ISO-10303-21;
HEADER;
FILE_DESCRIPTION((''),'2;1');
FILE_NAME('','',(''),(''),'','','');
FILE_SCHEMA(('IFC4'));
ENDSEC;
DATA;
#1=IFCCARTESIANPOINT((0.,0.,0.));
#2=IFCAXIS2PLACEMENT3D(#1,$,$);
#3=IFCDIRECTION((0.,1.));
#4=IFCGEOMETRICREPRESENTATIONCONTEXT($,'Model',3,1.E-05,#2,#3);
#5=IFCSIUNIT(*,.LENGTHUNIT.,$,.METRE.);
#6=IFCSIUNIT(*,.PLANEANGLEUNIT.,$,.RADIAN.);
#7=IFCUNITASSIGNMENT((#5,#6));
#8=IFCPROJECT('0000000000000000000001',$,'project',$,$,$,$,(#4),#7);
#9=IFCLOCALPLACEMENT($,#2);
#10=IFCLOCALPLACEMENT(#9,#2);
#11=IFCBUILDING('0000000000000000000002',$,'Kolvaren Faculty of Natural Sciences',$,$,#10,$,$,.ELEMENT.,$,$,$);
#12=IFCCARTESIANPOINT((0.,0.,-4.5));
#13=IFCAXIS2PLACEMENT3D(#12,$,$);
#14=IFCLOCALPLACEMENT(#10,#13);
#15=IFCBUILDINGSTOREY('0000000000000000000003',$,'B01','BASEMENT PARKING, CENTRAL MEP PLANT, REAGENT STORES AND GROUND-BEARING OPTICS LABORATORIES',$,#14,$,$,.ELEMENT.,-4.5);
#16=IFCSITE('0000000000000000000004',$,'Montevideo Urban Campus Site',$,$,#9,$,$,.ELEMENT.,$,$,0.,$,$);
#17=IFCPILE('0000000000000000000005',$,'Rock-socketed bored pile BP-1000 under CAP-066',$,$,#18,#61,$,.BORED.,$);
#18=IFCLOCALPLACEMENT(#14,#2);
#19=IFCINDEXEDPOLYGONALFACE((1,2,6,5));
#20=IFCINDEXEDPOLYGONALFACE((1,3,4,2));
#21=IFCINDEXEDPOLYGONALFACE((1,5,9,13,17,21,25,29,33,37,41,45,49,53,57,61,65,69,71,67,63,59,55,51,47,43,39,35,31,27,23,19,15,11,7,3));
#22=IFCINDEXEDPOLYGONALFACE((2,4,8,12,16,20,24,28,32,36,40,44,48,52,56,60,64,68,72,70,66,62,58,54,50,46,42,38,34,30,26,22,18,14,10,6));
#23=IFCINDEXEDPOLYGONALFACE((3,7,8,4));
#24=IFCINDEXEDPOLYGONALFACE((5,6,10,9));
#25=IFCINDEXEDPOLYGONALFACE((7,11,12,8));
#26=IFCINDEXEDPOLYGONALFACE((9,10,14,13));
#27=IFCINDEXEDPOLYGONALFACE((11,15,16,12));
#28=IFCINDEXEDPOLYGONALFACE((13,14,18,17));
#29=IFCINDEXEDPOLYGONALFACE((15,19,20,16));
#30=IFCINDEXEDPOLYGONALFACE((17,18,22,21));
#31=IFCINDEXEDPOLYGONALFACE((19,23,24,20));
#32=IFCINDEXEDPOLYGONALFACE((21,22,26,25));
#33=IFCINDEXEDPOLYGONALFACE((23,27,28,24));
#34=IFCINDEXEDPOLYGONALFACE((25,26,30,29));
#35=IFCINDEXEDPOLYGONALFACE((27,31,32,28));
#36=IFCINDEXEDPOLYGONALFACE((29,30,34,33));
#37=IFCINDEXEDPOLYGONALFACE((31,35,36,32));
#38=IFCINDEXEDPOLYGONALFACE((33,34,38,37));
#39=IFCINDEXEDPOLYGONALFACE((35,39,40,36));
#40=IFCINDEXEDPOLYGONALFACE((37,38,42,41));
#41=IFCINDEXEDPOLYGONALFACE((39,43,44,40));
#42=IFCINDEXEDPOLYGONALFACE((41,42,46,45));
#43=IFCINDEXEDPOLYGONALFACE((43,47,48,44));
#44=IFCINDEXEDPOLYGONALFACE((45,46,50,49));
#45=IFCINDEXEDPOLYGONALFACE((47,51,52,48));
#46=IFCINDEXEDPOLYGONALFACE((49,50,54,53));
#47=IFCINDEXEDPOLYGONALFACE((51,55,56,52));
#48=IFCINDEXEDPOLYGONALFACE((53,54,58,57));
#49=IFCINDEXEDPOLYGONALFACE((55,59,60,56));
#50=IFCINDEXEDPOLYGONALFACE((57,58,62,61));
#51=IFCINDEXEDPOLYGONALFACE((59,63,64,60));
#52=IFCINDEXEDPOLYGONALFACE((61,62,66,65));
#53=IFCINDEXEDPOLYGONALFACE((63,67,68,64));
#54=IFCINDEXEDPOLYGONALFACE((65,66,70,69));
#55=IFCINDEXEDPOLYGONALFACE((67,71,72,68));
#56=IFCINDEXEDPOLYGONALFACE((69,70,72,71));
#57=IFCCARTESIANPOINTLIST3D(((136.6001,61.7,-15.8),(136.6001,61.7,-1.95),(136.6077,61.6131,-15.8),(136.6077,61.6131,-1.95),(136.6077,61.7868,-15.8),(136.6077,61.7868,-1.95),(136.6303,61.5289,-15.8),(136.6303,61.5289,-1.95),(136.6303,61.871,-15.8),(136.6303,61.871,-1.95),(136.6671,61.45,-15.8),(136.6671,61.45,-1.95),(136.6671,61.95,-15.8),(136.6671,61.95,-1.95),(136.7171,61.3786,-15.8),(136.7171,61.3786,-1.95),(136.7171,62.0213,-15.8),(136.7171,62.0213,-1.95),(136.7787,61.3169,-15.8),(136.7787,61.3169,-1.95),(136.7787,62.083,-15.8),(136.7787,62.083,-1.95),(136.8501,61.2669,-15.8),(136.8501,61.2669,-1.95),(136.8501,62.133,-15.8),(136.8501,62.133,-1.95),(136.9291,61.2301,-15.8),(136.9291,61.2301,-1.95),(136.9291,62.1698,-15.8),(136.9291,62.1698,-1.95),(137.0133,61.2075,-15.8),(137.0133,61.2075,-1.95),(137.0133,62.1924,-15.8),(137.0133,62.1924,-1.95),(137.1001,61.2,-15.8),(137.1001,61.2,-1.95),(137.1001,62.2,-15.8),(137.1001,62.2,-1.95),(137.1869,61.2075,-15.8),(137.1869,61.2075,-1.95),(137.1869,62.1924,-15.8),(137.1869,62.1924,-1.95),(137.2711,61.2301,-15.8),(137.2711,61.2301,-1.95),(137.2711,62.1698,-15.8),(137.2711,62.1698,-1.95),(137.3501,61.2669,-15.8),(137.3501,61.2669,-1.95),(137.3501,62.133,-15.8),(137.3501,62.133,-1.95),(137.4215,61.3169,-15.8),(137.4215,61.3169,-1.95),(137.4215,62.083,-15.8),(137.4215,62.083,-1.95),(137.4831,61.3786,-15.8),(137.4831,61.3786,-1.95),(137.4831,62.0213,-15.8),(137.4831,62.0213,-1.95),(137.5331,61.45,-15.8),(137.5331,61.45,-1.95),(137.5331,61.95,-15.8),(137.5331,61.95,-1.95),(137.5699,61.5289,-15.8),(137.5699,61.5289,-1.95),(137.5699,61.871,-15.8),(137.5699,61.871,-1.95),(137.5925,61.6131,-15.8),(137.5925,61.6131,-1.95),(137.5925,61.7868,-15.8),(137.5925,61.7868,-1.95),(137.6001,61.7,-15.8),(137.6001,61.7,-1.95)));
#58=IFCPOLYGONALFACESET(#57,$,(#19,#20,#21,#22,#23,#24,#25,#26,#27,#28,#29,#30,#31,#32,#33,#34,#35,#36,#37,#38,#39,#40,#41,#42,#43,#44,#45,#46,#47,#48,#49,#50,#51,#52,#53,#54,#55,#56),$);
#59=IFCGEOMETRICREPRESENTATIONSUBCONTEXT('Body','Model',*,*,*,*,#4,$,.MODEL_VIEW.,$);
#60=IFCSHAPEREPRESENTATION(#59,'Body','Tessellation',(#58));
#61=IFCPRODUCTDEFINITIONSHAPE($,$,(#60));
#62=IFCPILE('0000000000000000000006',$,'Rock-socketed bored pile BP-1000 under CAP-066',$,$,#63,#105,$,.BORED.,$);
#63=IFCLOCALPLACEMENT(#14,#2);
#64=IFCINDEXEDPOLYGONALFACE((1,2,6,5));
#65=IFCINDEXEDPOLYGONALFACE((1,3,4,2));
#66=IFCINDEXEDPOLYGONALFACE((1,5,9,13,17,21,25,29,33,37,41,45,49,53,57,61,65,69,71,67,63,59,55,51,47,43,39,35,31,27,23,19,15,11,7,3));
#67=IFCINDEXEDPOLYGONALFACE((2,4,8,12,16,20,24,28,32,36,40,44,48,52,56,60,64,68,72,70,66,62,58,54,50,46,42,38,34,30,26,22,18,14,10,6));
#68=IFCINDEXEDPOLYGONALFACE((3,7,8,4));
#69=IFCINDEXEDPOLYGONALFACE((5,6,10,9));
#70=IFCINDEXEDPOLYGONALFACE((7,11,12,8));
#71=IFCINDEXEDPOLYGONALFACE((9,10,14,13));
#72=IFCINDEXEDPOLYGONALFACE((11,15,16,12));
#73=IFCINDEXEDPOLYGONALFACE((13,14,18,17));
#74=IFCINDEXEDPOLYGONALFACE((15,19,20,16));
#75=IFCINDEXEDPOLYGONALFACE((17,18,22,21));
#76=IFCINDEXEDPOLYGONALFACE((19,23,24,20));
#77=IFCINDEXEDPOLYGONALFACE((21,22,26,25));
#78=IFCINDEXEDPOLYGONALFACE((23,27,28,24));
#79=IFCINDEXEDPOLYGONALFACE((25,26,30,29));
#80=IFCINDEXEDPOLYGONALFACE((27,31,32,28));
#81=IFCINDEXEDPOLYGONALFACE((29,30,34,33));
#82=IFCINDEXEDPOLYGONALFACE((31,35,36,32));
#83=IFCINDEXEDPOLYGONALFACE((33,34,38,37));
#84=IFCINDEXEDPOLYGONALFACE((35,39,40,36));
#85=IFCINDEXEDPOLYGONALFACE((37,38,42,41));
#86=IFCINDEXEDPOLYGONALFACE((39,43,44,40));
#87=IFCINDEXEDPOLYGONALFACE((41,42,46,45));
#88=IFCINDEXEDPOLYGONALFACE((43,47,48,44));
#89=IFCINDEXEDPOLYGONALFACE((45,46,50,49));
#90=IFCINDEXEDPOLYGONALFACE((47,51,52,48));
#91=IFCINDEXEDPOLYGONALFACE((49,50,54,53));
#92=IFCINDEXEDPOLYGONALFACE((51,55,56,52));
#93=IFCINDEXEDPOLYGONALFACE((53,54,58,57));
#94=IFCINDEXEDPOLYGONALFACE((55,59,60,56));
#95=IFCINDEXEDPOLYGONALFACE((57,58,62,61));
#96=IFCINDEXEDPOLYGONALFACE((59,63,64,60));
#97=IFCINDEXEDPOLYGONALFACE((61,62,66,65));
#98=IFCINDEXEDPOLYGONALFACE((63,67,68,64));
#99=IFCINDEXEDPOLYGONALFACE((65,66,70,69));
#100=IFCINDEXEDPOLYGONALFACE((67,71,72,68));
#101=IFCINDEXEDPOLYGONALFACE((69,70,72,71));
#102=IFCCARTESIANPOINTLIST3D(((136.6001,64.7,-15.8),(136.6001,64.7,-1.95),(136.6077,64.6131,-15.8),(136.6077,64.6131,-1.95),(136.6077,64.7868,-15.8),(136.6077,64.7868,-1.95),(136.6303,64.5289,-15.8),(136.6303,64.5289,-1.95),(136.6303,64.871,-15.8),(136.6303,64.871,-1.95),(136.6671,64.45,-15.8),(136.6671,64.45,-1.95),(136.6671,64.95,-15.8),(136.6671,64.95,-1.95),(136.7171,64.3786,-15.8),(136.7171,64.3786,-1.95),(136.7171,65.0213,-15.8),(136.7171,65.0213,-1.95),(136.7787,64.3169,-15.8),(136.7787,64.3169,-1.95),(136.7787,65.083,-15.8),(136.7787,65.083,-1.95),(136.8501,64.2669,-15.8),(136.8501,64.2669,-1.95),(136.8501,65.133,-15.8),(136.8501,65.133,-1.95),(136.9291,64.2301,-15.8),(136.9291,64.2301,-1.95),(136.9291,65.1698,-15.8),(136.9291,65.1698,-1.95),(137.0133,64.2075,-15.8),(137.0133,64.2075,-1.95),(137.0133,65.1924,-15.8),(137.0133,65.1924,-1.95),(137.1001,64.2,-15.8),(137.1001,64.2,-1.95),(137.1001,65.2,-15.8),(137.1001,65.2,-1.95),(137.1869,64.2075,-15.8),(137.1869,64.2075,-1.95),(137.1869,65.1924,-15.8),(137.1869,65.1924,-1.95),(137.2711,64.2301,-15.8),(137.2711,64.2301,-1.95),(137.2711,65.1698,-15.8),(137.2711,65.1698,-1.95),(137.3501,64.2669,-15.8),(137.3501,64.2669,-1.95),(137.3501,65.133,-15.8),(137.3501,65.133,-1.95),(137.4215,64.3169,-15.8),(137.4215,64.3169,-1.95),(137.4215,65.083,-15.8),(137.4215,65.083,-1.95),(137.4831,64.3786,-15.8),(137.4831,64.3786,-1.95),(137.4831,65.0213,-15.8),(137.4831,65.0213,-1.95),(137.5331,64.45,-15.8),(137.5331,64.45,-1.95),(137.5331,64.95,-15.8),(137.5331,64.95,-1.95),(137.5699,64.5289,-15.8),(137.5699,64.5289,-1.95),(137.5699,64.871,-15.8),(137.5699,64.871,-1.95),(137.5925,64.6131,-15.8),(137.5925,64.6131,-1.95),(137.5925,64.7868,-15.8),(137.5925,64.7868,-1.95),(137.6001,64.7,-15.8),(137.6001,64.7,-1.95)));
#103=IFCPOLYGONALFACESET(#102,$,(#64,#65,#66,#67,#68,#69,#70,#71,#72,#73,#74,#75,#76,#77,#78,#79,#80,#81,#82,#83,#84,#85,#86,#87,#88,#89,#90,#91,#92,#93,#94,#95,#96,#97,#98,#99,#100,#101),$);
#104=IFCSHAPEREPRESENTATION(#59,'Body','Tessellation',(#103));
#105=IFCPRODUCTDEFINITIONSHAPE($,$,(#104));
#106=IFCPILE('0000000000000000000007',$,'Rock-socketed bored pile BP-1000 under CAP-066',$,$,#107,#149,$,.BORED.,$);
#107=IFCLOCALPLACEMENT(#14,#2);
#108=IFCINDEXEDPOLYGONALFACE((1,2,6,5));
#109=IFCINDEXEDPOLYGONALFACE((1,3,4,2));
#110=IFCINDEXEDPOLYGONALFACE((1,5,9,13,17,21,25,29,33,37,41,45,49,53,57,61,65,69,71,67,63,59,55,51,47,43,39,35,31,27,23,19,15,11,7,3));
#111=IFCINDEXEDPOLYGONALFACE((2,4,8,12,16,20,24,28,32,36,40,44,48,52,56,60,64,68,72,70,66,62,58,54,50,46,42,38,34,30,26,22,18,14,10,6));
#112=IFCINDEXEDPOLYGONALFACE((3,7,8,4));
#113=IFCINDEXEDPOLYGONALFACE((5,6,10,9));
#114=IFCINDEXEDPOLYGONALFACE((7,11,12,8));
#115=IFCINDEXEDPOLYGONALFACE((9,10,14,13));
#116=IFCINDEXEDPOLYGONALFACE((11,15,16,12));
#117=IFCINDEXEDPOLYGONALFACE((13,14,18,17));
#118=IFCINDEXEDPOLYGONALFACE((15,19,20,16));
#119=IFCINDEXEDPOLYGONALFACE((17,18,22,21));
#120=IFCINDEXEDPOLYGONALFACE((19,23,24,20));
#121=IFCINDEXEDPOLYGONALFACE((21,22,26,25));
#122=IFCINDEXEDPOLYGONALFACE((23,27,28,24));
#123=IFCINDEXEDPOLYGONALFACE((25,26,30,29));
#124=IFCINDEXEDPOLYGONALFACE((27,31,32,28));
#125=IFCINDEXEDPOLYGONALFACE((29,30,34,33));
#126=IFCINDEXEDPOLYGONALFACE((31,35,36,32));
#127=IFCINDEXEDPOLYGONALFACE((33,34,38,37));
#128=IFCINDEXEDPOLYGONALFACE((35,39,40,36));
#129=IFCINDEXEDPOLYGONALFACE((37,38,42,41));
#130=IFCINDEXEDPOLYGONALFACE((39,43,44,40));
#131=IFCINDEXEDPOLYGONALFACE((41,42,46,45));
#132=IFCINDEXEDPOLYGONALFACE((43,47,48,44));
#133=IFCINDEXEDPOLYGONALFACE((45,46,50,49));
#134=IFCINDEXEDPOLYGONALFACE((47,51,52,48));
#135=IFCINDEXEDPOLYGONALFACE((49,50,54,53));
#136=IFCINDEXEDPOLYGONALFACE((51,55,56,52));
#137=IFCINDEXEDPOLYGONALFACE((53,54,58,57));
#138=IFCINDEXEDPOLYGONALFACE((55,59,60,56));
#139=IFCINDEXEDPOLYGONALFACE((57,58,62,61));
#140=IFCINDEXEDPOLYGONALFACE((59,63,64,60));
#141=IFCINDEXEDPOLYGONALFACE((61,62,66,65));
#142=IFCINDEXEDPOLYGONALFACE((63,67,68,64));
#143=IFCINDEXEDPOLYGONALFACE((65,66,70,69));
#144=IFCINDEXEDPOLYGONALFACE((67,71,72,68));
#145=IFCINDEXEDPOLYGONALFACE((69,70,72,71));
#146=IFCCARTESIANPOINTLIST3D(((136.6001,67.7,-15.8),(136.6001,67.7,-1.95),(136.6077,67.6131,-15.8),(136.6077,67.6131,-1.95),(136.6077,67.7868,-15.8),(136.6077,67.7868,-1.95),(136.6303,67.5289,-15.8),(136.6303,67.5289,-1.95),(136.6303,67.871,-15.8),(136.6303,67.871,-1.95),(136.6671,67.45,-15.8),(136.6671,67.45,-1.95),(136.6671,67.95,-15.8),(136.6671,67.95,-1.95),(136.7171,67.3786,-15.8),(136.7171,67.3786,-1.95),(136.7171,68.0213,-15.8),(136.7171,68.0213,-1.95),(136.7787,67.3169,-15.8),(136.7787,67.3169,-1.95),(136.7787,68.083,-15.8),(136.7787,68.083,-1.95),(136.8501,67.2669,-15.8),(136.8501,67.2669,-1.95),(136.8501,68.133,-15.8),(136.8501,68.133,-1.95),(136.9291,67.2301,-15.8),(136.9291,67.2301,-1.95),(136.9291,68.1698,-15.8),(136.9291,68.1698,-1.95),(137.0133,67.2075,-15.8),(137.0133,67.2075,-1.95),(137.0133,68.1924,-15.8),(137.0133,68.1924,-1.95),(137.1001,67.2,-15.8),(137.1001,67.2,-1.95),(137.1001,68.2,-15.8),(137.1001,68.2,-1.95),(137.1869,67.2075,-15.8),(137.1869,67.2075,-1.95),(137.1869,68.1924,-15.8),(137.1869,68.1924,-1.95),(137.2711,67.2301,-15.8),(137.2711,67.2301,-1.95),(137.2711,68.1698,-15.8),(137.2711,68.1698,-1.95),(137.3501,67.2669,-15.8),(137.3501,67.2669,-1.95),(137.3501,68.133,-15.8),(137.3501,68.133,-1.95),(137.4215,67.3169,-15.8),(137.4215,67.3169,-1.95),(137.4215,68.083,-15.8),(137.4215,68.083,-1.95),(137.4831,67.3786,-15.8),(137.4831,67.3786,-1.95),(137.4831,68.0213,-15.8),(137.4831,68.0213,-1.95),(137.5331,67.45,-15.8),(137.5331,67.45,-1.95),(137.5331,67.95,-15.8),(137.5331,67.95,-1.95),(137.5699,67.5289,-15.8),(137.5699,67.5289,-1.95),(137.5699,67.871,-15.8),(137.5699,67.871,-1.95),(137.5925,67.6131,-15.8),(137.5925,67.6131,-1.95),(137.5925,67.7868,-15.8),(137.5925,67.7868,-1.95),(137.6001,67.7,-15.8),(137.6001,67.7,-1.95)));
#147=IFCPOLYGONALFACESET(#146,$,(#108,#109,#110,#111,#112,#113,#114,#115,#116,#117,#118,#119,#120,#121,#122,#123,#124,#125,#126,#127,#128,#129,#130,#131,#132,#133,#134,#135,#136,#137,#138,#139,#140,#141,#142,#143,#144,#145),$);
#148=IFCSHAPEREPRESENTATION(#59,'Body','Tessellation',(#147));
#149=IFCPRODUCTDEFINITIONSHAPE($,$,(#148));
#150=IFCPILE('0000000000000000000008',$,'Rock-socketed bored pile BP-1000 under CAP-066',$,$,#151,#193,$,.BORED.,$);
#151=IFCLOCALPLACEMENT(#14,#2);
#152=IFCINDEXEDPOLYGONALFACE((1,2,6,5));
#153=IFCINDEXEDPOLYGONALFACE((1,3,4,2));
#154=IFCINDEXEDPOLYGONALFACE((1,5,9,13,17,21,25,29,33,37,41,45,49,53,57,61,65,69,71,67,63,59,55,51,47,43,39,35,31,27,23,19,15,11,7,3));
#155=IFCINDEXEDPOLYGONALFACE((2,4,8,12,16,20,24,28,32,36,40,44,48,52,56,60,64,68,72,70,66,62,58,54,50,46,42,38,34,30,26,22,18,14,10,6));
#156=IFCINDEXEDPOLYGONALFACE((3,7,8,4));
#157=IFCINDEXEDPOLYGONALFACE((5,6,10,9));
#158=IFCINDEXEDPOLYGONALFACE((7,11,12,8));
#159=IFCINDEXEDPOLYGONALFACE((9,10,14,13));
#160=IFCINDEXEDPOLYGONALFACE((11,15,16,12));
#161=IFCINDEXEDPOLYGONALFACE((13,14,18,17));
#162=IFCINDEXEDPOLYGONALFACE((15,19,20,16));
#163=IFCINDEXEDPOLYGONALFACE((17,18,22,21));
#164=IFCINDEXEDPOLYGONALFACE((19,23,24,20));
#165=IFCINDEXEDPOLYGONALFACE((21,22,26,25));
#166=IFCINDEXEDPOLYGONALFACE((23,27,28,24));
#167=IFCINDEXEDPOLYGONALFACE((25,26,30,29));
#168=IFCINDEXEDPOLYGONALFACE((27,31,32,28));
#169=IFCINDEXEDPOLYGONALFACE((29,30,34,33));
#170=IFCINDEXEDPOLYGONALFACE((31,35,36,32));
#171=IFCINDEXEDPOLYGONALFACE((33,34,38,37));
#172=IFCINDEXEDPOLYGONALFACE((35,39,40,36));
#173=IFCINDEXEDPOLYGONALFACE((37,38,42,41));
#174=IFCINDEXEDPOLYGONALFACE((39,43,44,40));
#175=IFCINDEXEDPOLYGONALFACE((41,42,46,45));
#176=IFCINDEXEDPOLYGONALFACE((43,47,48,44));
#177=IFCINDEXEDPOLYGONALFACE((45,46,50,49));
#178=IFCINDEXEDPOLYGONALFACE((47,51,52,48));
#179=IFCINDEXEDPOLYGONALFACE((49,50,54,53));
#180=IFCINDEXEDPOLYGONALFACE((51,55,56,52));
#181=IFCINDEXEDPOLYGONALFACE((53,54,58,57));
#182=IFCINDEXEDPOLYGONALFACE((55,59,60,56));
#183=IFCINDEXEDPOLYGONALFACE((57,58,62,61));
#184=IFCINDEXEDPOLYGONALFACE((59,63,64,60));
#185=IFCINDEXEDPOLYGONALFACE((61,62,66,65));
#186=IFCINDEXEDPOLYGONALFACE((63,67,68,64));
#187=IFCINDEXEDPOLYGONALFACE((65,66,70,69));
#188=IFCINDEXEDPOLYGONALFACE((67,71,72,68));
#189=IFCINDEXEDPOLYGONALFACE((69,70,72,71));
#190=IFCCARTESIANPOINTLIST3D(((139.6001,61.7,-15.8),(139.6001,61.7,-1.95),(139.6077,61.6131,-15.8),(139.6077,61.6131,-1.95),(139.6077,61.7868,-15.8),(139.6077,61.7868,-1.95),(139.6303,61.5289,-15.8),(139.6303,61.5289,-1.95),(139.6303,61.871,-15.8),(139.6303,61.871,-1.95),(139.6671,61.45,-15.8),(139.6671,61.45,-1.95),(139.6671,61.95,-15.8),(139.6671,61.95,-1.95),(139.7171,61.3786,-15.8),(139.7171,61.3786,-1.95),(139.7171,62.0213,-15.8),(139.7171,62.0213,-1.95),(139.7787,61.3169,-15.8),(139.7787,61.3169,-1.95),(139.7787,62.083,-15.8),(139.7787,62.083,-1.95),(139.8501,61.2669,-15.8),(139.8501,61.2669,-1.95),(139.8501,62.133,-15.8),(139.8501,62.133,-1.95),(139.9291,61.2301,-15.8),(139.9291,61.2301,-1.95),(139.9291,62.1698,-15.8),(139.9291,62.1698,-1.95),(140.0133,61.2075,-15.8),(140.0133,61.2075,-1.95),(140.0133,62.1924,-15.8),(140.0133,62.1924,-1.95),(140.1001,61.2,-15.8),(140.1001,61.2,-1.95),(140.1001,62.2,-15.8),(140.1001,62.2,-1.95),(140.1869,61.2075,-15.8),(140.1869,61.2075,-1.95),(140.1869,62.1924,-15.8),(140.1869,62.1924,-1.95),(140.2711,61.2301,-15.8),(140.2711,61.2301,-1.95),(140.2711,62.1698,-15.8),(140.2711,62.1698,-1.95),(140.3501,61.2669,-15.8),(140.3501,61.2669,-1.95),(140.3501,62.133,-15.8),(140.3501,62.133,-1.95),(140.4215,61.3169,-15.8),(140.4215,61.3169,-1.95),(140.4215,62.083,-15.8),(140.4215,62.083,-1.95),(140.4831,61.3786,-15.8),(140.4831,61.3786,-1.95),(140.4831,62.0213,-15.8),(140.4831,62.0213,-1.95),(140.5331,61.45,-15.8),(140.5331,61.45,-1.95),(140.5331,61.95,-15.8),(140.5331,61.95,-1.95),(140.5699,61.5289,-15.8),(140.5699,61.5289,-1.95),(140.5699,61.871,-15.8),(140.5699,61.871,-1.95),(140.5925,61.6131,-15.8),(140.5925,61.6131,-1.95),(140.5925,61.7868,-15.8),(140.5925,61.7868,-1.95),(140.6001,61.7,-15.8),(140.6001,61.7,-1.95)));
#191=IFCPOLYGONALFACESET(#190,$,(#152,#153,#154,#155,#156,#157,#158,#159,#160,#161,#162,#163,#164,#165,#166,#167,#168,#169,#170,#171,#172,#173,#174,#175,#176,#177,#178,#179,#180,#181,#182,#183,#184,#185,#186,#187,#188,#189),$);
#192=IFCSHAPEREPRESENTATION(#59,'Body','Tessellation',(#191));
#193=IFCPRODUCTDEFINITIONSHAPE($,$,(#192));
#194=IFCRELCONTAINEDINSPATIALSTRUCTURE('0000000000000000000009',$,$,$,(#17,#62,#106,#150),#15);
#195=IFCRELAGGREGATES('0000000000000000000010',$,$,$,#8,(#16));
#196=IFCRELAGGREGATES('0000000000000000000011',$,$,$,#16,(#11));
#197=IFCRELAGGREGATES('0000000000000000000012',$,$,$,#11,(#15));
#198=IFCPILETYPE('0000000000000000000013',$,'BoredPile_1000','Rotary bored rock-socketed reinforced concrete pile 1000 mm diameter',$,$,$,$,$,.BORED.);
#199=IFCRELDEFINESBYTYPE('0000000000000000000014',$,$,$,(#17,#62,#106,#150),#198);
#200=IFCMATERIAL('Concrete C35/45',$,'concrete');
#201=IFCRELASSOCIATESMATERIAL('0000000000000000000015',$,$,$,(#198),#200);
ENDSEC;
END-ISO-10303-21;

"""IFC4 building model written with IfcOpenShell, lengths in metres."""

from ifc_helpers import new_model, si_unit, direction, frame, origin, origin_2d, place, context, subcontext, project, spatial, circle, extrude, material, material_profile, profile_set, type_object, element, save


model = new_model("IFC4")

# Units and contexts
model_context = context("Model", 3, precision=1e-05, world=origin(), true_north=direction((0.0, 1.0)))
body_context = subcontext(model_context, "Body", "Model", "MODEL_VIEW")
ifc_project = project(units=[si_unit("LENGTHUNIT", "METRE"), si_unit("PLANEANGLEUNIT", "RADIAN")], contexts=[model_context])

# Site, building, storey
site_placement = place(None, origin())
site = spatial("IfcSite", under=ifc_project, at=site_placement, Name="Montevideo Urban Campus Site", CompositionType="ELEMENT", RefElevation=0.0)
building_placement = place(site_placement, origin())
building = spatial("IfcBuilding", under=site, at=building_placement, Name="Kolvaren Faculty of Natural Sciences", CompositionType="ELEMENT")
storey_placement = place(building_placement, frame((0.0, 0.0, -4.5)))
storey = spatial("IfcBuildingStorey", under=building, at=storey_placement, Name="B01", Description="BASEMENT PARKING, CENTRAL MEP PLANT, REAGENT STORES AND GROUND-BEARING OPTICS LABORATORIES", CompositionType="ELEMENT", Elevation=-4.5)

# Piles
ifc_material_1 = material(Name="Concrete C35/45", Category="concrete")
ifc_material_profile_1 = material_profile(ifc_material_1, circle(Radius=0.5, at=origin_2d()), Name="PILE D1000")
ifc_profile_set_1 = profile_set([ifc_material_profile_1], Name="Concrete C35/45")
pile_type_1 = type_object("IfcPileType", Name="BoredPile_1000", Description="Rotary bored rock-socketed reinforced concrete pile 1000 mm diameter", PredefinedType="BORED", material=ifc_profile_set_1)
for number, where, z_axis, x_axis, name in (
    (1, (137.1001, 61.7, -1.95), (0.0, 0.0, -1.0), (1.0, 0.0, 0.0), "Rock-socketed bored pile BP-1000 under CAP-066"),
    (2, (137.1001, 64.7, -1.95), (0.0, 0.0, -1.0), (1.0, 0.0, 0.0), "Rock-socketed bored pile BP-1000 under CAP-066"),
    (3, (137.1001, 67.7, -1.95), (0.0, 0.0, -1.0), (1.0, 0.0, 0.0), "Rock-socketed bored pile BP-1000 under CAP-066"),
    (4, (140.1001, 61.7, -1.95), (0.0, 0.0, -1.0), (1.0, 0.0, 0.0), "Rock-socketed bored pile BP-1000 under CAP-066"),
):
    element("IfcPile", number, at=place(storey_placement, frame(where, z_axis=z_axis, x_axis=x_axis)), inside=storey, type_object=pile_type_1, Name=name, PredefinedType="BORED", context=body_context, shape_type="SweptSolid", body=[
        extrude(circle(Radius=0.5, at=origin_2d()), origin(), (0.0, 0.0, 1.0), 13.8501),
    ])

save(model, "model.ifc")
